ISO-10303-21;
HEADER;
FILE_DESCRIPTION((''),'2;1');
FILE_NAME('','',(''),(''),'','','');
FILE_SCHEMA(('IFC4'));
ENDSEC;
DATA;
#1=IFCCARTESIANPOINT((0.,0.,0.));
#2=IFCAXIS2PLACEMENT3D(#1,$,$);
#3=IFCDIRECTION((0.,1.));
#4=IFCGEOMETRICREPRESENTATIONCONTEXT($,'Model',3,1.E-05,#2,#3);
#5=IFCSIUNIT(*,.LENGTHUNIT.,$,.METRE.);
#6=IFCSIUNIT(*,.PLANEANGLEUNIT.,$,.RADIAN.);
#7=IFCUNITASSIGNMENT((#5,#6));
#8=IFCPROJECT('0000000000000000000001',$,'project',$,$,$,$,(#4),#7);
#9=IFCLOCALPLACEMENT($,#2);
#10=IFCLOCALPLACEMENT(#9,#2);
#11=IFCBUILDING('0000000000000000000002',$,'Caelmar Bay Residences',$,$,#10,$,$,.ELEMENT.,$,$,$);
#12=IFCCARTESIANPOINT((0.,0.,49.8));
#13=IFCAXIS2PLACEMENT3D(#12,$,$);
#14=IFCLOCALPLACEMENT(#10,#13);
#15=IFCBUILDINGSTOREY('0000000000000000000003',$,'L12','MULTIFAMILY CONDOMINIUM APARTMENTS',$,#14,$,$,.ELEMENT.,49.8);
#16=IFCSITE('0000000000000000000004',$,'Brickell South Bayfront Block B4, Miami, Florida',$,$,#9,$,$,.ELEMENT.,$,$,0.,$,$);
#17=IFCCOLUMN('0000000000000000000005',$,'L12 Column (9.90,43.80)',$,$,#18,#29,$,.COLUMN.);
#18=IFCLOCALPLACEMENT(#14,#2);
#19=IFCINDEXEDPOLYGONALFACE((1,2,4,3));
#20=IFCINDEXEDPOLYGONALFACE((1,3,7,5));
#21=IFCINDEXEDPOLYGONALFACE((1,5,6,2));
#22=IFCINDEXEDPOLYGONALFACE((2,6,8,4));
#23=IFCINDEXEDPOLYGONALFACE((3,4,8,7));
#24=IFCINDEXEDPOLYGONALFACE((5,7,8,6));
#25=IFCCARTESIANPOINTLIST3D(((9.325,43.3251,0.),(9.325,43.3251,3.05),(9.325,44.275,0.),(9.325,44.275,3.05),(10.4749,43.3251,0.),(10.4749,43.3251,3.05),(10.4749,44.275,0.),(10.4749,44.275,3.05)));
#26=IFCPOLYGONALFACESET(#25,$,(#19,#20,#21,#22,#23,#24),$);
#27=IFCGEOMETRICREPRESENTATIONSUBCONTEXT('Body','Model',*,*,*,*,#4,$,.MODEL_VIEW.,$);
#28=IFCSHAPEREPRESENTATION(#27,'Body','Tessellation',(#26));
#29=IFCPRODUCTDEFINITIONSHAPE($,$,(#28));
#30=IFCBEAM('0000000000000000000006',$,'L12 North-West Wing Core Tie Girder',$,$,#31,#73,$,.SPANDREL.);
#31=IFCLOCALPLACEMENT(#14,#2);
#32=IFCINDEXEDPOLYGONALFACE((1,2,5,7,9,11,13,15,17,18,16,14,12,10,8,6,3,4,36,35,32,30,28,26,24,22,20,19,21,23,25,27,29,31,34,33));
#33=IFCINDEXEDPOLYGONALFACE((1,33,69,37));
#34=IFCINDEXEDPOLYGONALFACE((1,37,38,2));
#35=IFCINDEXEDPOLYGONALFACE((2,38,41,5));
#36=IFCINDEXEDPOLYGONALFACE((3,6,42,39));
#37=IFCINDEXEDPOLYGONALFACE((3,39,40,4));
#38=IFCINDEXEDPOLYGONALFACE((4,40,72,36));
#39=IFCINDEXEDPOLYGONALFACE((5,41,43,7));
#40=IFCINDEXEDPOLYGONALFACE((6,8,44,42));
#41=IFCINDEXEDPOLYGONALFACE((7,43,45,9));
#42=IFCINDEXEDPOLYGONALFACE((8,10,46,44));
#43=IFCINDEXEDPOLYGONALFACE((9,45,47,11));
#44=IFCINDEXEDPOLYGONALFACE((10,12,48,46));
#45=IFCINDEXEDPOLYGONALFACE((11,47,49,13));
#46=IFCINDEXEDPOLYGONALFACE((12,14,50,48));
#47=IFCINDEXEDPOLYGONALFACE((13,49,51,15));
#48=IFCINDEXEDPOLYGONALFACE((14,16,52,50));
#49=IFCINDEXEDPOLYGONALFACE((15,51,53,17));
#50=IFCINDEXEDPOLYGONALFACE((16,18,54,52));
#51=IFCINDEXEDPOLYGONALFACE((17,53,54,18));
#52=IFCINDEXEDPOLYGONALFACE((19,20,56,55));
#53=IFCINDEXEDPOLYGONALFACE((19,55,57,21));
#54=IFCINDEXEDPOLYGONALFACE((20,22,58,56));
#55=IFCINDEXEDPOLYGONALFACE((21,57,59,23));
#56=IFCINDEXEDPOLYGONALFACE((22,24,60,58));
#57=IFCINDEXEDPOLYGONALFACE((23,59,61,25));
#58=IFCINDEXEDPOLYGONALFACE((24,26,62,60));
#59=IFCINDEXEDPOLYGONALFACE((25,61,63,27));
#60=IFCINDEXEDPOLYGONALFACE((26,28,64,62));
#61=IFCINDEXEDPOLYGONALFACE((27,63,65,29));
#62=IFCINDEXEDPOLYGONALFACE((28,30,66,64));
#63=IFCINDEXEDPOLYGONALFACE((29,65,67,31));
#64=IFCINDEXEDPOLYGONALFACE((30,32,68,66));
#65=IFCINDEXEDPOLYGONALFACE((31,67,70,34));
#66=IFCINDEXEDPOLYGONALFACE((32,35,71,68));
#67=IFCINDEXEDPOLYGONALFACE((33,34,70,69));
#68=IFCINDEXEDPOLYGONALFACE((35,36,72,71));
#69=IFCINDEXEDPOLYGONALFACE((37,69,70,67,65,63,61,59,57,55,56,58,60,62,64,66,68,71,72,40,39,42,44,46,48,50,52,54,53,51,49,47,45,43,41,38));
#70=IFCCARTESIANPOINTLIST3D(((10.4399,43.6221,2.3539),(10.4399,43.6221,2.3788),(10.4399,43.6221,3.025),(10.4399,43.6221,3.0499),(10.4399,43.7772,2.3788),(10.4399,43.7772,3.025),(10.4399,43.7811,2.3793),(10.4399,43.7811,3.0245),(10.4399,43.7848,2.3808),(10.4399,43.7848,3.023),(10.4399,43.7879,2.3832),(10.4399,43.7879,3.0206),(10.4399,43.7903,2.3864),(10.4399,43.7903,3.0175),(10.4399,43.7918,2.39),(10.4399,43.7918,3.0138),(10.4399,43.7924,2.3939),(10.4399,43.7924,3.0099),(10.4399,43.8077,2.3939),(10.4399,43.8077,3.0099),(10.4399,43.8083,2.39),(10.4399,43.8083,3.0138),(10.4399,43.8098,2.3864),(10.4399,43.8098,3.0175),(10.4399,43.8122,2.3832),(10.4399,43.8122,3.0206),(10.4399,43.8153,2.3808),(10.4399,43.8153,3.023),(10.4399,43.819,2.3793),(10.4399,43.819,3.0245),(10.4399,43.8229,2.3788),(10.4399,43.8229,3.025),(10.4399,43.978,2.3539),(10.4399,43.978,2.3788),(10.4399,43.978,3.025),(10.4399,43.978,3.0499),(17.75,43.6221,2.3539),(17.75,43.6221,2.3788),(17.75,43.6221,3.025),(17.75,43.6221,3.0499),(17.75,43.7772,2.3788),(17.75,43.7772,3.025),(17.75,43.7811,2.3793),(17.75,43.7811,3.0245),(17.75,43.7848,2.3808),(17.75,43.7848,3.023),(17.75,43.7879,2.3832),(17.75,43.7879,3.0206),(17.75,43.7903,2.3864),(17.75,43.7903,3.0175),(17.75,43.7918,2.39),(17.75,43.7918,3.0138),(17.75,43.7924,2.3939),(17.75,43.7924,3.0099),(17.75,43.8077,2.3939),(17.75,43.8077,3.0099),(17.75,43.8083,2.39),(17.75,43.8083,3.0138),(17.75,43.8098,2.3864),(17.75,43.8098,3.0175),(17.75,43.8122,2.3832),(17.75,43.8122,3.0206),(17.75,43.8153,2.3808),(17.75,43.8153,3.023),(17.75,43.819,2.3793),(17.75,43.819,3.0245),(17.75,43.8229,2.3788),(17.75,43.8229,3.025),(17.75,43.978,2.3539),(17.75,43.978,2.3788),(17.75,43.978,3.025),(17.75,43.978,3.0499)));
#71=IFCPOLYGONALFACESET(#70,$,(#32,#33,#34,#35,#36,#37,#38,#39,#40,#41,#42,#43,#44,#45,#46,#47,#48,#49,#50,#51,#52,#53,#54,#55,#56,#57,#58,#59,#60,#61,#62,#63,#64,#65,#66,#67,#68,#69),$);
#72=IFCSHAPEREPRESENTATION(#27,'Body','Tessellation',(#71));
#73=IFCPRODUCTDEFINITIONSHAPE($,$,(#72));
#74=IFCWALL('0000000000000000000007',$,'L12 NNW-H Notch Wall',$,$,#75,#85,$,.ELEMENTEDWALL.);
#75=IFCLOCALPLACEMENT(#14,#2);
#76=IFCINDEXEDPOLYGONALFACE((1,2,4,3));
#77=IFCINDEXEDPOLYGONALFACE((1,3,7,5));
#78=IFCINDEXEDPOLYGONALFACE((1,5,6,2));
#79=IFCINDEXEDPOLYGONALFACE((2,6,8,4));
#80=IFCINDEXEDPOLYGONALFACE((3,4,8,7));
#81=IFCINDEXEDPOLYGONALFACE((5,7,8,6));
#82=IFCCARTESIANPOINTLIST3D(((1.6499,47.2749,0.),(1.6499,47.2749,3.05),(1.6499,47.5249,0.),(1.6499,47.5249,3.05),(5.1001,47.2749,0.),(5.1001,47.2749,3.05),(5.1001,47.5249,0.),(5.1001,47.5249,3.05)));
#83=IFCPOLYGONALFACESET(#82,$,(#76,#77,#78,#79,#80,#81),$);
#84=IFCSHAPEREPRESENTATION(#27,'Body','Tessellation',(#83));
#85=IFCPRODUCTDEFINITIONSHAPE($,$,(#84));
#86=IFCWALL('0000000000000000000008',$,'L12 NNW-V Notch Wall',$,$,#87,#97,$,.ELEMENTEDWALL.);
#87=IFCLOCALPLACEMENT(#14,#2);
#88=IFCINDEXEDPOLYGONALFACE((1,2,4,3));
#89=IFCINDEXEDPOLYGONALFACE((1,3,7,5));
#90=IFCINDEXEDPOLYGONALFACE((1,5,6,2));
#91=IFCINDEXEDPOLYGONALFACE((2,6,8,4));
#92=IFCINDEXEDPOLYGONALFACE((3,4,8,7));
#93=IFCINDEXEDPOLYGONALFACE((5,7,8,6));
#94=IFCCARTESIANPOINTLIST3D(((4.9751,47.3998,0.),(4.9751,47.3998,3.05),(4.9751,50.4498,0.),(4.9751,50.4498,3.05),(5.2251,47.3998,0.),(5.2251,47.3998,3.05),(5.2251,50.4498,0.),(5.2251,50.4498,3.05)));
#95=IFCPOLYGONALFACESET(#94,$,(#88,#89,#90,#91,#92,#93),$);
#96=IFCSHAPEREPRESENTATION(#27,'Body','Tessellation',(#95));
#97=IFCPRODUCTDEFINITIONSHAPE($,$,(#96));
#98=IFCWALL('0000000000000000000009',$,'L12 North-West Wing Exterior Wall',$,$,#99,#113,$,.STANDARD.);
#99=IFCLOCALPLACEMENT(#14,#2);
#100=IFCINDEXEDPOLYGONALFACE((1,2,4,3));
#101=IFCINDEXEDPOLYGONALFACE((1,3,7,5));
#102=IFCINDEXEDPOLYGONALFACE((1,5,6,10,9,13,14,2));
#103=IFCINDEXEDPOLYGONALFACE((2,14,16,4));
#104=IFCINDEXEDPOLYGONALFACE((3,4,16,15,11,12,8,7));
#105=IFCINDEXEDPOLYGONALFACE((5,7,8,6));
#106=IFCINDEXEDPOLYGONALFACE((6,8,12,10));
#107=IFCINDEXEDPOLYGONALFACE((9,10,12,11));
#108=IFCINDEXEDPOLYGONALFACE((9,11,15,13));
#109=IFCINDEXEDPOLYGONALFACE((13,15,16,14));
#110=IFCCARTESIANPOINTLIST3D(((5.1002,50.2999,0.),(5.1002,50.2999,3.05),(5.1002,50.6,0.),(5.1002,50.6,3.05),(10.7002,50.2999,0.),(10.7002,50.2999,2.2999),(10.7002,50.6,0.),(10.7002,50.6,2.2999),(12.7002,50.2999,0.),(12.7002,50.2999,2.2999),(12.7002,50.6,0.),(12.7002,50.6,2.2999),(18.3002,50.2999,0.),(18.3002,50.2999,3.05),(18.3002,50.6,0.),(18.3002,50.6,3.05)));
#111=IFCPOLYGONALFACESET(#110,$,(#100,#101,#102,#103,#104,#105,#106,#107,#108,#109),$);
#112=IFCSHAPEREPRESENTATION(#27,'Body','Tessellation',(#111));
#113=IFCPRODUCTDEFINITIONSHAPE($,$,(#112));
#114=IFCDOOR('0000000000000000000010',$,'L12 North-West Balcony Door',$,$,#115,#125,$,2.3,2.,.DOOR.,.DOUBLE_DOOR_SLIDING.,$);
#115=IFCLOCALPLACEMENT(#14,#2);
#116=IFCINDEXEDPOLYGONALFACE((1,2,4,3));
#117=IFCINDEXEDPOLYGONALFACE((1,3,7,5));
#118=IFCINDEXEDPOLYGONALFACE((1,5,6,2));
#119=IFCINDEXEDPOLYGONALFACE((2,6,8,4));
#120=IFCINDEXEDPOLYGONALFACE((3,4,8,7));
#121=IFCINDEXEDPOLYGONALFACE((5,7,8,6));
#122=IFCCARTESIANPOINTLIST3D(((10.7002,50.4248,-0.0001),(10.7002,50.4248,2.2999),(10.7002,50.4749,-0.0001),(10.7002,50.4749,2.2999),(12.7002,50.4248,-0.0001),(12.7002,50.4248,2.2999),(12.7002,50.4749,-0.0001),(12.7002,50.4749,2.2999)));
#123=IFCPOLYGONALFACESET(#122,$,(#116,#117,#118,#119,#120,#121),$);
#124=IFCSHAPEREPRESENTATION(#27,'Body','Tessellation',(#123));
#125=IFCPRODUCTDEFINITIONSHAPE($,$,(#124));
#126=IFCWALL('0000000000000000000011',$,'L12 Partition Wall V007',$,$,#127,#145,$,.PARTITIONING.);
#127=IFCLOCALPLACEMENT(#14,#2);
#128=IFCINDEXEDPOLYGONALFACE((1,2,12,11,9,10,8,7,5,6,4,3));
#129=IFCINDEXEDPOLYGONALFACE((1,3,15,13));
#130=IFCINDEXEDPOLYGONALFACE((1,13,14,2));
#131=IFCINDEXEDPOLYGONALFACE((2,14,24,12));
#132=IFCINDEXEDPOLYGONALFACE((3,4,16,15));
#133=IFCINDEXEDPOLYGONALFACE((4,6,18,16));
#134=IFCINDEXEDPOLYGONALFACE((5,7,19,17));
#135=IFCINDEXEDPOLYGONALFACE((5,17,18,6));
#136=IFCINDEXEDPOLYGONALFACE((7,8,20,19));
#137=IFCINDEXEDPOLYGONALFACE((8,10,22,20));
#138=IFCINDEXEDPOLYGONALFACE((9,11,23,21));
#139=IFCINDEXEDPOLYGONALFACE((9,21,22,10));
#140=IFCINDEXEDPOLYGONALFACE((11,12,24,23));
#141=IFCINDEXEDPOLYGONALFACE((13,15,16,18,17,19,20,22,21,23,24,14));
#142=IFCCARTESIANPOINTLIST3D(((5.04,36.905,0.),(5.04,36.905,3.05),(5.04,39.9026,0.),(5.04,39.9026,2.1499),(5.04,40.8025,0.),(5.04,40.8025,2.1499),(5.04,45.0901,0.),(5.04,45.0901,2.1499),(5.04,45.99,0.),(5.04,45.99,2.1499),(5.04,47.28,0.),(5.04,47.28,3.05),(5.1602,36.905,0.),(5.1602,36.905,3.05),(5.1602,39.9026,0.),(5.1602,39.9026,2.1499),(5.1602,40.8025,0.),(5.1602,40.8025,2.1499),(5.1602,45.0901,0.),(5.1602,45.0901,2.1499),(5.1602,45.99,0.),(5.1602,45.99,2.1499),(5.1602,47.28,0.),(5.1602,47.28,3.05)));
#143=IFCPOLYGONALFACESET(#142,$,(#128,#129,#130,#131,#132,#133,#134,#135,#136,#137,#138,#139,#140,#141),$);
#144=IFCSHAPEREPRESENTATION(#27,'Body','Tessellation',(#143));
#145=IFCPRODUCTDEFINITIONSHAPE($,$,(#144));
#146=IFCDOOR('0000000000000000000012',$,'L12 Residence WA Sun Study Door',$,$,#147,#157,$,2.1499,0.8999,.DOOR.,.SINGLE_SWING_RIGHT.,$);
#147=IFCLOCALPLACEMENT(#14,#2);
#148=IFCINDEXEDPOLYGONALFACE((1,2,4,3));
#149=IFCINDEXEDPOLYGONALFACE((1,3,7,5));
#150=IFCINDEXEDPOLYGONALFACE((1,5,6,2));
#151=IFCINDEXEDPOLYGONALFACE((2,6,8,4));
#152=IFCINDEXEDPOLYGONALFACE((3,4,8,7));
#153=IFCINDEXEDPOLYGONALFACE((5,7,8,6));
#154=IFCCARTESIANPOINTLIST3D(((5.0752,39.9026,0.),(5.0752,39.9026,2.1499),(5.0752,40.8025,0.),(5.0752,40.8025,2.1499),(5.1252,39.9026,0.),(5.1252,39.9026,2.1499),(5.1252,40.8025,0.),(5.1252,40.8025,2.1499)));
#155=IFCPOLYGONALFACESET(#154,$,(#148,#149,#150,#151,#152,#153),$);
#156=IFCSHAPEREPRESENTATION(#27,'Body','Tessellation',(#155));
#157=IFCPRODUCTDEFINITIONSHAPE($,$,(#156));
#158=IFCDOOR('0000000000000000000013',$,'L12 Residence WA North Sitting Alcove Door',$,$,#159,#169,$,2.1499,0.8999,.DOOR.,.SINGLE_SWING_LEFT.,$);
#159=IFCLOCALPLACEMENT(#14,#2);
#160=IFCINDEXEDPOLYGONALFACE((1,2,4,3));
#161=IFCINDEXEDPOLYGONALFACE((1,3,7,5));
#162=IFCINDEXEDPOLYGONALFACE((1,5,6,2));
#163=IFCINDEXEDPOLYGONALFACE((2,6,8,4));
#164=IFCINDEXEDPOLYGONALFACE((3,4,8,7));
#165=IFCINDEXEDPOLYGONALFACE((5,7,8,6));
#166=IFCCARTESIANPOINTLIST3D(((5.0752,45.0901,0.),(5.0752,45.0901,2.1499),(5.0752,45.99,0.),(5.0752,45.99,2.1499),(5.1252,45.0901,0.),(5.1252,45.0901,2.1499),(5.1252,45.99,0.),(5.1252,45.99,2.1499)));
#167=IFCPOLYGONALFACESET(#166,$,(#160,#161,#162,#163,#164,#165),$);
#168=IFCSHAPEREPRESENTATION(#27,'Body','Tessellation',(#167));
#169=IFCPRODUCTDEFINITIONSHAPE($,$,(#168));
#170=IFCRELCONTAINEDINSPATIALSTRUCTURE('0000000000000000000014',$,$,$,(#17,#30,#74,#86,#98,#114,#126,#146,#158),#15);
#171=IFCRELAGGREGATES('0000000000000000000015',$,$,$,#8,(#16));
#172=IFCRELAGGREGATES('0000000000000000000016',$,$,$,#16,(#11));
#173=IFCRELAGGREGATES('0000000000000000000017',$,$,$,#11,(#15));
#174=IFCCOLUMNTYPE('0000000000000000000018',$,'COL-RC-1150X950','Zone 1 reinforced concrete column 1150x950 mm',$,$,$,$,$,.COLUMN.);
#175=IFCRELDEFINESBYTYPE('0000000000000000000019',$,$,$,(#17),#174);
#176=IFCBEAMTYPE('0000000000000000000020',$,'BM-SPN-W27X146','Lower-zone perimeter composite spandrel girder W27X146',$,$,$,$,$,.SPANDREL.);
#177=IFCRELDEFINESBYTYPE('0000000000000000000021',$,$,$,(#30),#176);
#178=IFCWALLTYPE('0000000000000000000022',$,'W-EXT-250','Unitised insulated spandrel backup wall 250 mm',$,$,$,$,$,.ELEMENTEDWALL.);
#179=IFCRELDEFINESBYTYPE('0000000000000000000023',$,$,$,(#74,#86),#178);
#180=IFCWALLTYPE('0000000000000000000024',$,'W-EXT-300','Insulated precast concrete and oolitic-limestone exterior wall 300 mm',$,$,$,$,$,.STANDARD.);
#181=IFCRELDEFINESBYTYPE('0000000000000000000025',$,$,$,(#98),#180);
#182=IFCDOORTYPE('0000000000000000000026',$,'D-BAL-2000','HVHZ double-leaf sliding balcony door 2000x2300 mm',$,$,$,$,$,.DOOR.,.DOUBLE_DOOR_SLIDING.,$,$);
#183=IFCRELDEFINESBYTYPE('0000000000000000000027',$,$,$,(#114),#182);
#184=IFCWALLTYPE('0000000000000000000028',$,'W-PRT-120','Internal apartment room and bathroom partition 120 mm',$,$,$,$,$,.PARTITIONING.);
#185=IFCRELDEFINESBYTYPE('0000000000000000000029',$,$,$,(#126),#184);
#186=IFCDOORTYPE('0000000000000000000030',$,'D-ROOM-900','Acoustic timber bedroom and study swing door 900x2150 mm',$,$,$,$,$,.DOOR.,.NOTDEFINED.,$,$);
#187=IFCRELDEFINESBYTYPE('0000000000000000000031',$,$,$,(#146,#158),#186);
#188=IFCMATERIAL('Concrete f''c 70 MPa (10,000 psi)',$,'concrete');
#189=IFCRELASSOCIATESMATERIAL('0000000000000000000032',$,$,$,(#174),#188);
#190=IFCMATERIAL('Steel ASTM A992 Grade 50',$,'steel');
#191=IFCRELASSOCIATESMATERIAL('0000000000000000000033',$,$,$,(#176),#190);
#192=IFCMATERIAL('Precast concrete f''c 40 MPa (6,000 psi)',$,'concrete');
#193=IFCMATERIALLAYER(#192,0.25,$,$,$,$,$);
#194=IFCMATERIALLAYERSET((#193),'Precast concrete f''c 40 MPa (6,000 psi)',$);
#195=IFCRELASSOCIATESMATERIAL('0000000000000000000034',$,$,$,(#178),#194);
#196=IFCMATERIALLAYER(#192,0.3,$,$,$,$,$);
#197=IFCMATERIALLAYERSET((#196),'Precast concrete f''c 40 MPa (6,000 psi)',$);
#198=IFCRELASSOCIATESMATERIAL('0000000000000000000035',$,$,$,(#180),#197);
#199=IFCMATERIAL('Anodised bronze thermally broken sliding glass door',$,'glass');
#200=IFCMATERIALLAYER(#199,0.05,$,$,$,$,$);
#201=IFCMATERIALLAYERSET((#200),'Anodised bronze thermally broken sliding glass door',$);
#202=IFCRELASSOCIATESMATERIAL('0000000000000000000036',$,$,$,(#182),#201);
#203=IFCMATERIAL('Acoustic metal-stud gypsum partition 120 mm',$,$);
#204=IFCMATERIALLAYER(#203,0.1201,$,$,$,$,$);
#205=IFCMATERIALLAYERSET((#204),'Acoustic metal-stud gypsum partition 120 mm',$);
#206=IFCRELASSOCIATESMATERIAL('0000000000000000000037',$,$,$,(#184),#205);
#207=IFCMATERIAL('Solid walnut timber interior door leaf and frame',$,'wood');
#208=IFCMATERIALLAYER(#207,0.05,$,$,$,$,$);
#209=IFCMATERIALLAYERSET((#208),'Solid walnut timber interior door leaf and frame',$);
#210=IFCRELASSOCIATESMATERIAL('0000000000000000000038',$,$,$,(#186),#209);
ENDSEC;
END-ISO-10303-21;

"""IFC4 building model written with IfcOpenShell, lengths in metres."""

from ifc_helpers import new_model, si_unit, direction, frame, frame_2d, origin, origin_2d, place, context, subcontext, project, spatial, rectangle, i_section, extrude, material, layer, layer_set, material_profile, profile_set, type_object, element, fill, save


model = new_model("IFC4")

# Units and contexts
model_context = context("Model", 3, precision=1e-05, world=origin(), true_north=direction((0.0, 1.0)))
body_context = subcontext(model_context, "Body", "Model", "MODEL_VIEW")
ifc_project = project(units=[si_unit("LENGTHUNIT", "METRE"), si_unit("PLANEANGLEUNIT", "RADIAN")], contexts=[model_context])

# Site, building, storey
site_placement = place(None, origin())
site = spatial("IfcSite", under=ifc_project, at=site_placement, Name="Brickell South Bayfront Block B4, Miami, Florida", CompositionType="ELEMENT", RefElevation=0.0)
building_placement = place(site_placement, origin())
building = spatial("IfcBuilding", under=site, at=building_placement, Name="Caelmar Bay Residences", CompositionType="ELEMENT")
storey_placement = place(building_placement, frame((0.0, 0.0, 49.8)))
storey = spatial("IfcBuildingStorey", under=building, at=storey_placement, Name="L12", Description="MULTIFAMILY CONDOMINIUM APARTMENTS", CompositionType="ELEMENT", Elevation=49.8)

# Column
ifc_material_1 = material(Name="Concrete f'c 70 MPa (10,000 psi)", Category="concrete")
ifc_material_profile_1 = material_profile(ifc_material_1, rectangle(XDim=1.1499, YDim=0.95, at=origin_2d()), Name="RC-COL-1150X950")
ifc_profile_set_1 = profile_set([ifc_material_profile_1], Name="Concrete f'c 70 MPa (10,000 psi)")
column_type = type_object("IfcColumnType", Name="COL-RC-1150X950", Description="Zone 1 reinforced concrete column 1150x950 mm", PredefinedType="COLUMN", material=ifc_profile_set_1)
column_placement = place(storey_placement, frame((9.8999, 43.8, 0.0), z_axis=(0.0, 0.0, 1.0), x_axis=(1.0, 0.0, 0.0)))
element("IfcColumn", 1, at=column_placement, inside=storey, type_object=column_type, Name="L12 Column (9.90,43.80)", PredefinedType="COLUMN", context=body_context, shape_type="SweptSolid", body=[
    extrude(rectangle(XDim=1.1499, YDim=0.95, at=origin_2d()), origin(), (0.0, 0.0, 1.0), 3.05),
])

# Beam
ifc_material_2 = material(Name="Steel ASTM A992 Grade 50", Category="steel")
ifc_material_profile_2 = material_profile(ifc_material_2, i_section(OverallWidth=0.356, OverallDepth=0.696, WebThickness=0.0154, FlangeThickness=0.0249, FilletRadius=0.0151, at=origin_2d()), Name="W27X146")
ifc_profile_set_2 = profile_set([ifc_material_profile_2], Name="Steel ASTM A992 Grade 50")
beam_type = type_object("IfcBeamType", Name="BM-SPN-W27X146", Description="Lower-zone perimeter composite spandrel girder W27X146", PredefinedType="SPANDREL", material=ifc_profile_set_2)
beam_placement = place(storey_placement, frame((10.4399, 43.8, 2.7019), z_axis=(1.0, 0.0, 0.0), x_axis=(0.0, 1.0, 0.0)))
element("IfcBeam", 2, at=beam_placement, inside=storey, type_object=beam_type, Name="L12 North-West Wing Core Tie Girder", PredefinedType="SPANDREL", context=body_context, shape_type="SweptSolid", body=[
    extrude(i_section(OverallWidth=0.356, OverallDepth=0.696, WebThickness=0.0154, FlangeThickness=0.0249, FilletRadius=0.0151, at=origin_2d()), origin(), (0.0, 0.0, 1.0), 7.3101),
])

# Walls
ifc_material_3 = material(Name="Precast concrete f'c 40 MPa (6,000 psi)", Category="concrete")
ifc_layer_1 = layer(ifc_material_3, 0.25)
ifc_layer_set_1 = layer_set([ifc_layer_1], Name="Precast concrete f'c 40 MPa (6,000 psi)")
wall_type_1 = type_object("IfcWallType", Name="W-EXT-250", Description="Unitised insulated spandrel backup wall 250 mm", PredefinedType="ELEMENTEDWALL", material=ifc_layer_set_1)
wall_1_placement = place(storey_placement, frame((1.6499, 47.3999, 0.0), z_axis=(0.0, 0.0, 1.0), x_axis=(1.0, 0.0, 0.0)))
element("IfcWall", 3, at=wall_1_placement, inside=storey, type_object=wall_type_1, Name="L12 NNW-H Notch Wall", PredefinedType="ELEMENTEDWALL", context=body_context, shape_type="SweptSolid", body=[
    extrude(rectangle(XDim=3.4502, YDim=0.25, at=frame_2d((1.7251, 0.0))), origin(), (0.0, 0.0, 1.0), 3.05),
])
wall_2_placement = place(storey_placement, frame((5.1001, 47.3999, 0.0), z_axis=(0.0, 0.0, 1.0), x_axis=(0.0, 1.0, 0.0)))
element("IfcWall", 4, at=wall_2_placement, inside=storey, type_object=wall_type_1, Name="L12 NNW-V Notch Wall", PredefinedType="ELEMENTEDWALL", context=body_context, shape_type="SweptSolid", body=[
    extrude(rectangle(XDim=3.05, YDim=0.25, at=frame_2d((1.5249, 0.0))), origin(), (0.0, 0.0, 1.0), 3.05),
])

# Wall, opening, door
ifc_layer_2 = layer(ifc_material_3, 0.3)
ifc_layer_set_2 = layer_set([ifc_layer_2], Name="Precast concrete f'c 40 MPa (6,000 psi)")
wall_type_2 = type_object("IfcWallType", Name="W-EXT-300", Description="Insulated precast concrete and oolitic-limestone exterior wall 300 mm", PredefinedType="STANDARD", material=ifc_layer_set_2)
wall_3_placement = place(storey_placement, frame((5.1001, 50.45, 0.0), z_axis=(0.0, 0.0, 1.0), x_axis=(1.0, 0.0, 0.0)))
wall_3 = element("IfcWall", 5, at=wall_3_placement, inside=storey, type_object=wall_type_2, Name="L12 North-West Wing Exterior Wall", PredefinedType="STANDARD", context=body_context, shape_type="SweptSolid", body=[
    extrude(rectangle(XDim=13.2, YDim=0.3, at=frame_2d((6.6001, 0.0))), origin(), (0.0, 0.0, 1.0), 3.05),
])
opening_1_placement = place(wall_3_placement, frame((5.6001, 0.0, 0.0)))
opening_1 = element("IfcOpeningElement", 6, at=opening_1_placement, cuts=wall_3, PredefinedType="OPENING", context=body_context, shape_type="SweptSolid", body=[
    extrude(rectangle(XDim=2.0, YDim=2.3, at=frame_2d((1.0, 1.1499))), frame((0.0, 0.1599, 0.0), z_axis=(0.0, -1.0, 0.0), x_axis=(1.0, 0.0, 0.0)), (0.0, 0.0, 1.0), 0.3201),
])
ifc_material_4 = material(Name="Anodised bronze thermally broken sliding glass door", Category="glass")
ifc_layer_3 = layer(ifc_material_4, 0.05)
ifc_layer_set_3 = layer_set([ifc_layer_3], Name="Anodised bronze thermally broken sliding glass door")
door_type_1 = type_object("IfcDoorType", Name="D-BAL-2000", Description="HVHZ double-leaf sliding balcony door 2000x2300 mm", OperationType="DOUBLE_DOOR_SLIDING", PredefinedType="DOOR", material=ifc_layer_set_3)
door_1_placement = place(opening_1_placement, origin())
door_1 = element("IfcDoor", 7, at=door_1_placement, inside=storey, type_object=door_type_1, Name="L12 North-West Balcony Door", OperationType="DOUBLE_DOOR_SLIDING", OverallHeight=2.3, OverallWidth=2.0, PredefinedType="DOOR", context=body_context, shape_type="SweptSolid", body=[
    extrude(rectangle(XDim=2.0, YDim=2.3, at=frame_2d((1.0, 1.1499))), frame((0.0, 0.0249, 0.0), z_axis=(0.0, -1.0, 0.0), x_axis=(1.0, 0.0, 0.0)), (0.0, 0.0, 1.0), 0.05),
])
fill(opening_1, door_1)

# Wall, openings, doors
ifc_material_5 = material(Name="Acoustic metal-stud gypsum partition 120 mm")
ifc_layer_4 = layer(ifc_material_5, 0.1201)
ifc_layer_set_4 = layer_set([ifc_layer_4], Name="Acoustic metal-stud gypsum partition 120 mm")
wall_type_3 = type_object("IfcWallType", Name="W-PRT-120", Description="Internal apartment room and bathroom partition 120 mm", PredefinedType="PARTITIONING", material=ifc_layer_set_4)
wall_4_placement = place(storey_placement, frame((5.1001, 36.905, 0.0), z_axis=(0.0, 0.0, 1.0), x_axis=(0.0, 1.0, 0.0)))
wall_4 = element("IfcWall", 8, at=wall_4_placement, inside=storey, type_object=wall_type_3, Name="L12 Partition Wall V007", PredefinedType="PARTITIONING", context=body_context, shape_type="SweptSolid", body=[
    extrude(rectangle(XDim=10.375, YDim=0.1201, at=frame_2d((5.1875, 0.0))), origin(), (0.0, 0.0, 1.0), 3.05),
])
opening_2_placement = place(wall_4_placement, frame((2.9976, 0.0, 0.0)))
opening_2 = element("IfcOpeningElement", 9, at=opening_2_placement, cuts=wall_4, PredefinedType="OPENING", context=body_context, shape_type="SweptSolid", body=[
    extrude(rectangle(XDim=0.8999, YDim=2.1499, at=frame_2d((0.45, 1.075))), frame((0.0, 0.0701, 0.0), z_axis=(0.0, -1.0, 0.0), x_axis=(1.0, 0.0, 0.0)), (0.0, 0.0, 1.0), 0.1401),
])
opening_3_placement = place(wall_4_placement, frame((8.1851, 0.0, 0.0)))
opening_3 = element("IfcOpeningElement", 10, at=opening_3_placement, cuts=wall_4, PredefinedType="OPENING", context=body_context, shape_type="SweptSolid", body=[
    extrude(rectangle(XDim=0.8999, YDim=2.1499, at=frame_2d((0.45, 1.075))), frame((0.0, 0.0701, 0.0), z_axis=(0.0, -1.0, 0.0), x_axis=(1.0, 0.0, 0.0)), (0.0, 0.0, 1.0), 0.1401),
])
ifc_material_6 = material(Name="Solid walnut timber interior door leaf and frame", Category="wood")
ifc_layer_5 = layer(ifc_material_6, 0.05)
ifc_layer_set_5 = layer_set([ifc_layer_5], Name="Solid walnut timber interior door leaf and frame")
door_type_2 = type_object("IfcDoorType", Name="D-ROOM-900", Description="Acoustic timber bedroom and study swing door 900x2150 mm", OperationType="NOTDEFINED", PredefinedType="DOOR", material=ifc_layer_set_5)
door_2_placement = place(opening_2_placement, origin())
door_2 = element("IfcDoor", 11, at=door_2_placement, inside=storey, type_object=door_type_2, Name="L12 Residence WA Sun Study Door", OperationType="SINGLE_SWING_RIGHT", OverallHeight=2.1499, OverallWidth=0.8999, PredefinedType="DOOR", context=body_context, shape_type="SweptSolid", body=[
    extrude(rectangle(XDim=0.8999, YDim=2.1499, at=frame_2d((0.45, 1.075))), frame((0.0, 0.0249, 0.0), z_axis=(0.0, -1.0, 0.0), x_axis=(1.0, 0.0, 0.0)), (0.0, 0.0, 1.0), 0.05),
])
fill(opening_2, door_2)
door_3_placement = place(opening_3_placement, origin())
door_3 = element("IfcDoor", 12, at=door_3_placement, inside=storey, type_object=door_type_2, Name="L12 Residence WA North Sitting Alcove Door", OperationType="SINGLE_SWING_LEFT", OverallHeight=2.1499, OverallWidth=0.8999, PredefinedType="DOOR", context=body_context, shape_type="SweptSolid", body=[
    extrude(rectangle(XDim=0.8999, YDim=2.1499, at=frame_2d((0.45, 1.075))), frame((0.0, 0.0249, 0.0), z_axis=(0.0, -1.0, 0.0), x_axis=(1.0, 0.0, 0.0)), (0.0, 0.0, 1.0), 0.05),
])
fill(opening_3, door_3)

save(model, "model.ifc")
